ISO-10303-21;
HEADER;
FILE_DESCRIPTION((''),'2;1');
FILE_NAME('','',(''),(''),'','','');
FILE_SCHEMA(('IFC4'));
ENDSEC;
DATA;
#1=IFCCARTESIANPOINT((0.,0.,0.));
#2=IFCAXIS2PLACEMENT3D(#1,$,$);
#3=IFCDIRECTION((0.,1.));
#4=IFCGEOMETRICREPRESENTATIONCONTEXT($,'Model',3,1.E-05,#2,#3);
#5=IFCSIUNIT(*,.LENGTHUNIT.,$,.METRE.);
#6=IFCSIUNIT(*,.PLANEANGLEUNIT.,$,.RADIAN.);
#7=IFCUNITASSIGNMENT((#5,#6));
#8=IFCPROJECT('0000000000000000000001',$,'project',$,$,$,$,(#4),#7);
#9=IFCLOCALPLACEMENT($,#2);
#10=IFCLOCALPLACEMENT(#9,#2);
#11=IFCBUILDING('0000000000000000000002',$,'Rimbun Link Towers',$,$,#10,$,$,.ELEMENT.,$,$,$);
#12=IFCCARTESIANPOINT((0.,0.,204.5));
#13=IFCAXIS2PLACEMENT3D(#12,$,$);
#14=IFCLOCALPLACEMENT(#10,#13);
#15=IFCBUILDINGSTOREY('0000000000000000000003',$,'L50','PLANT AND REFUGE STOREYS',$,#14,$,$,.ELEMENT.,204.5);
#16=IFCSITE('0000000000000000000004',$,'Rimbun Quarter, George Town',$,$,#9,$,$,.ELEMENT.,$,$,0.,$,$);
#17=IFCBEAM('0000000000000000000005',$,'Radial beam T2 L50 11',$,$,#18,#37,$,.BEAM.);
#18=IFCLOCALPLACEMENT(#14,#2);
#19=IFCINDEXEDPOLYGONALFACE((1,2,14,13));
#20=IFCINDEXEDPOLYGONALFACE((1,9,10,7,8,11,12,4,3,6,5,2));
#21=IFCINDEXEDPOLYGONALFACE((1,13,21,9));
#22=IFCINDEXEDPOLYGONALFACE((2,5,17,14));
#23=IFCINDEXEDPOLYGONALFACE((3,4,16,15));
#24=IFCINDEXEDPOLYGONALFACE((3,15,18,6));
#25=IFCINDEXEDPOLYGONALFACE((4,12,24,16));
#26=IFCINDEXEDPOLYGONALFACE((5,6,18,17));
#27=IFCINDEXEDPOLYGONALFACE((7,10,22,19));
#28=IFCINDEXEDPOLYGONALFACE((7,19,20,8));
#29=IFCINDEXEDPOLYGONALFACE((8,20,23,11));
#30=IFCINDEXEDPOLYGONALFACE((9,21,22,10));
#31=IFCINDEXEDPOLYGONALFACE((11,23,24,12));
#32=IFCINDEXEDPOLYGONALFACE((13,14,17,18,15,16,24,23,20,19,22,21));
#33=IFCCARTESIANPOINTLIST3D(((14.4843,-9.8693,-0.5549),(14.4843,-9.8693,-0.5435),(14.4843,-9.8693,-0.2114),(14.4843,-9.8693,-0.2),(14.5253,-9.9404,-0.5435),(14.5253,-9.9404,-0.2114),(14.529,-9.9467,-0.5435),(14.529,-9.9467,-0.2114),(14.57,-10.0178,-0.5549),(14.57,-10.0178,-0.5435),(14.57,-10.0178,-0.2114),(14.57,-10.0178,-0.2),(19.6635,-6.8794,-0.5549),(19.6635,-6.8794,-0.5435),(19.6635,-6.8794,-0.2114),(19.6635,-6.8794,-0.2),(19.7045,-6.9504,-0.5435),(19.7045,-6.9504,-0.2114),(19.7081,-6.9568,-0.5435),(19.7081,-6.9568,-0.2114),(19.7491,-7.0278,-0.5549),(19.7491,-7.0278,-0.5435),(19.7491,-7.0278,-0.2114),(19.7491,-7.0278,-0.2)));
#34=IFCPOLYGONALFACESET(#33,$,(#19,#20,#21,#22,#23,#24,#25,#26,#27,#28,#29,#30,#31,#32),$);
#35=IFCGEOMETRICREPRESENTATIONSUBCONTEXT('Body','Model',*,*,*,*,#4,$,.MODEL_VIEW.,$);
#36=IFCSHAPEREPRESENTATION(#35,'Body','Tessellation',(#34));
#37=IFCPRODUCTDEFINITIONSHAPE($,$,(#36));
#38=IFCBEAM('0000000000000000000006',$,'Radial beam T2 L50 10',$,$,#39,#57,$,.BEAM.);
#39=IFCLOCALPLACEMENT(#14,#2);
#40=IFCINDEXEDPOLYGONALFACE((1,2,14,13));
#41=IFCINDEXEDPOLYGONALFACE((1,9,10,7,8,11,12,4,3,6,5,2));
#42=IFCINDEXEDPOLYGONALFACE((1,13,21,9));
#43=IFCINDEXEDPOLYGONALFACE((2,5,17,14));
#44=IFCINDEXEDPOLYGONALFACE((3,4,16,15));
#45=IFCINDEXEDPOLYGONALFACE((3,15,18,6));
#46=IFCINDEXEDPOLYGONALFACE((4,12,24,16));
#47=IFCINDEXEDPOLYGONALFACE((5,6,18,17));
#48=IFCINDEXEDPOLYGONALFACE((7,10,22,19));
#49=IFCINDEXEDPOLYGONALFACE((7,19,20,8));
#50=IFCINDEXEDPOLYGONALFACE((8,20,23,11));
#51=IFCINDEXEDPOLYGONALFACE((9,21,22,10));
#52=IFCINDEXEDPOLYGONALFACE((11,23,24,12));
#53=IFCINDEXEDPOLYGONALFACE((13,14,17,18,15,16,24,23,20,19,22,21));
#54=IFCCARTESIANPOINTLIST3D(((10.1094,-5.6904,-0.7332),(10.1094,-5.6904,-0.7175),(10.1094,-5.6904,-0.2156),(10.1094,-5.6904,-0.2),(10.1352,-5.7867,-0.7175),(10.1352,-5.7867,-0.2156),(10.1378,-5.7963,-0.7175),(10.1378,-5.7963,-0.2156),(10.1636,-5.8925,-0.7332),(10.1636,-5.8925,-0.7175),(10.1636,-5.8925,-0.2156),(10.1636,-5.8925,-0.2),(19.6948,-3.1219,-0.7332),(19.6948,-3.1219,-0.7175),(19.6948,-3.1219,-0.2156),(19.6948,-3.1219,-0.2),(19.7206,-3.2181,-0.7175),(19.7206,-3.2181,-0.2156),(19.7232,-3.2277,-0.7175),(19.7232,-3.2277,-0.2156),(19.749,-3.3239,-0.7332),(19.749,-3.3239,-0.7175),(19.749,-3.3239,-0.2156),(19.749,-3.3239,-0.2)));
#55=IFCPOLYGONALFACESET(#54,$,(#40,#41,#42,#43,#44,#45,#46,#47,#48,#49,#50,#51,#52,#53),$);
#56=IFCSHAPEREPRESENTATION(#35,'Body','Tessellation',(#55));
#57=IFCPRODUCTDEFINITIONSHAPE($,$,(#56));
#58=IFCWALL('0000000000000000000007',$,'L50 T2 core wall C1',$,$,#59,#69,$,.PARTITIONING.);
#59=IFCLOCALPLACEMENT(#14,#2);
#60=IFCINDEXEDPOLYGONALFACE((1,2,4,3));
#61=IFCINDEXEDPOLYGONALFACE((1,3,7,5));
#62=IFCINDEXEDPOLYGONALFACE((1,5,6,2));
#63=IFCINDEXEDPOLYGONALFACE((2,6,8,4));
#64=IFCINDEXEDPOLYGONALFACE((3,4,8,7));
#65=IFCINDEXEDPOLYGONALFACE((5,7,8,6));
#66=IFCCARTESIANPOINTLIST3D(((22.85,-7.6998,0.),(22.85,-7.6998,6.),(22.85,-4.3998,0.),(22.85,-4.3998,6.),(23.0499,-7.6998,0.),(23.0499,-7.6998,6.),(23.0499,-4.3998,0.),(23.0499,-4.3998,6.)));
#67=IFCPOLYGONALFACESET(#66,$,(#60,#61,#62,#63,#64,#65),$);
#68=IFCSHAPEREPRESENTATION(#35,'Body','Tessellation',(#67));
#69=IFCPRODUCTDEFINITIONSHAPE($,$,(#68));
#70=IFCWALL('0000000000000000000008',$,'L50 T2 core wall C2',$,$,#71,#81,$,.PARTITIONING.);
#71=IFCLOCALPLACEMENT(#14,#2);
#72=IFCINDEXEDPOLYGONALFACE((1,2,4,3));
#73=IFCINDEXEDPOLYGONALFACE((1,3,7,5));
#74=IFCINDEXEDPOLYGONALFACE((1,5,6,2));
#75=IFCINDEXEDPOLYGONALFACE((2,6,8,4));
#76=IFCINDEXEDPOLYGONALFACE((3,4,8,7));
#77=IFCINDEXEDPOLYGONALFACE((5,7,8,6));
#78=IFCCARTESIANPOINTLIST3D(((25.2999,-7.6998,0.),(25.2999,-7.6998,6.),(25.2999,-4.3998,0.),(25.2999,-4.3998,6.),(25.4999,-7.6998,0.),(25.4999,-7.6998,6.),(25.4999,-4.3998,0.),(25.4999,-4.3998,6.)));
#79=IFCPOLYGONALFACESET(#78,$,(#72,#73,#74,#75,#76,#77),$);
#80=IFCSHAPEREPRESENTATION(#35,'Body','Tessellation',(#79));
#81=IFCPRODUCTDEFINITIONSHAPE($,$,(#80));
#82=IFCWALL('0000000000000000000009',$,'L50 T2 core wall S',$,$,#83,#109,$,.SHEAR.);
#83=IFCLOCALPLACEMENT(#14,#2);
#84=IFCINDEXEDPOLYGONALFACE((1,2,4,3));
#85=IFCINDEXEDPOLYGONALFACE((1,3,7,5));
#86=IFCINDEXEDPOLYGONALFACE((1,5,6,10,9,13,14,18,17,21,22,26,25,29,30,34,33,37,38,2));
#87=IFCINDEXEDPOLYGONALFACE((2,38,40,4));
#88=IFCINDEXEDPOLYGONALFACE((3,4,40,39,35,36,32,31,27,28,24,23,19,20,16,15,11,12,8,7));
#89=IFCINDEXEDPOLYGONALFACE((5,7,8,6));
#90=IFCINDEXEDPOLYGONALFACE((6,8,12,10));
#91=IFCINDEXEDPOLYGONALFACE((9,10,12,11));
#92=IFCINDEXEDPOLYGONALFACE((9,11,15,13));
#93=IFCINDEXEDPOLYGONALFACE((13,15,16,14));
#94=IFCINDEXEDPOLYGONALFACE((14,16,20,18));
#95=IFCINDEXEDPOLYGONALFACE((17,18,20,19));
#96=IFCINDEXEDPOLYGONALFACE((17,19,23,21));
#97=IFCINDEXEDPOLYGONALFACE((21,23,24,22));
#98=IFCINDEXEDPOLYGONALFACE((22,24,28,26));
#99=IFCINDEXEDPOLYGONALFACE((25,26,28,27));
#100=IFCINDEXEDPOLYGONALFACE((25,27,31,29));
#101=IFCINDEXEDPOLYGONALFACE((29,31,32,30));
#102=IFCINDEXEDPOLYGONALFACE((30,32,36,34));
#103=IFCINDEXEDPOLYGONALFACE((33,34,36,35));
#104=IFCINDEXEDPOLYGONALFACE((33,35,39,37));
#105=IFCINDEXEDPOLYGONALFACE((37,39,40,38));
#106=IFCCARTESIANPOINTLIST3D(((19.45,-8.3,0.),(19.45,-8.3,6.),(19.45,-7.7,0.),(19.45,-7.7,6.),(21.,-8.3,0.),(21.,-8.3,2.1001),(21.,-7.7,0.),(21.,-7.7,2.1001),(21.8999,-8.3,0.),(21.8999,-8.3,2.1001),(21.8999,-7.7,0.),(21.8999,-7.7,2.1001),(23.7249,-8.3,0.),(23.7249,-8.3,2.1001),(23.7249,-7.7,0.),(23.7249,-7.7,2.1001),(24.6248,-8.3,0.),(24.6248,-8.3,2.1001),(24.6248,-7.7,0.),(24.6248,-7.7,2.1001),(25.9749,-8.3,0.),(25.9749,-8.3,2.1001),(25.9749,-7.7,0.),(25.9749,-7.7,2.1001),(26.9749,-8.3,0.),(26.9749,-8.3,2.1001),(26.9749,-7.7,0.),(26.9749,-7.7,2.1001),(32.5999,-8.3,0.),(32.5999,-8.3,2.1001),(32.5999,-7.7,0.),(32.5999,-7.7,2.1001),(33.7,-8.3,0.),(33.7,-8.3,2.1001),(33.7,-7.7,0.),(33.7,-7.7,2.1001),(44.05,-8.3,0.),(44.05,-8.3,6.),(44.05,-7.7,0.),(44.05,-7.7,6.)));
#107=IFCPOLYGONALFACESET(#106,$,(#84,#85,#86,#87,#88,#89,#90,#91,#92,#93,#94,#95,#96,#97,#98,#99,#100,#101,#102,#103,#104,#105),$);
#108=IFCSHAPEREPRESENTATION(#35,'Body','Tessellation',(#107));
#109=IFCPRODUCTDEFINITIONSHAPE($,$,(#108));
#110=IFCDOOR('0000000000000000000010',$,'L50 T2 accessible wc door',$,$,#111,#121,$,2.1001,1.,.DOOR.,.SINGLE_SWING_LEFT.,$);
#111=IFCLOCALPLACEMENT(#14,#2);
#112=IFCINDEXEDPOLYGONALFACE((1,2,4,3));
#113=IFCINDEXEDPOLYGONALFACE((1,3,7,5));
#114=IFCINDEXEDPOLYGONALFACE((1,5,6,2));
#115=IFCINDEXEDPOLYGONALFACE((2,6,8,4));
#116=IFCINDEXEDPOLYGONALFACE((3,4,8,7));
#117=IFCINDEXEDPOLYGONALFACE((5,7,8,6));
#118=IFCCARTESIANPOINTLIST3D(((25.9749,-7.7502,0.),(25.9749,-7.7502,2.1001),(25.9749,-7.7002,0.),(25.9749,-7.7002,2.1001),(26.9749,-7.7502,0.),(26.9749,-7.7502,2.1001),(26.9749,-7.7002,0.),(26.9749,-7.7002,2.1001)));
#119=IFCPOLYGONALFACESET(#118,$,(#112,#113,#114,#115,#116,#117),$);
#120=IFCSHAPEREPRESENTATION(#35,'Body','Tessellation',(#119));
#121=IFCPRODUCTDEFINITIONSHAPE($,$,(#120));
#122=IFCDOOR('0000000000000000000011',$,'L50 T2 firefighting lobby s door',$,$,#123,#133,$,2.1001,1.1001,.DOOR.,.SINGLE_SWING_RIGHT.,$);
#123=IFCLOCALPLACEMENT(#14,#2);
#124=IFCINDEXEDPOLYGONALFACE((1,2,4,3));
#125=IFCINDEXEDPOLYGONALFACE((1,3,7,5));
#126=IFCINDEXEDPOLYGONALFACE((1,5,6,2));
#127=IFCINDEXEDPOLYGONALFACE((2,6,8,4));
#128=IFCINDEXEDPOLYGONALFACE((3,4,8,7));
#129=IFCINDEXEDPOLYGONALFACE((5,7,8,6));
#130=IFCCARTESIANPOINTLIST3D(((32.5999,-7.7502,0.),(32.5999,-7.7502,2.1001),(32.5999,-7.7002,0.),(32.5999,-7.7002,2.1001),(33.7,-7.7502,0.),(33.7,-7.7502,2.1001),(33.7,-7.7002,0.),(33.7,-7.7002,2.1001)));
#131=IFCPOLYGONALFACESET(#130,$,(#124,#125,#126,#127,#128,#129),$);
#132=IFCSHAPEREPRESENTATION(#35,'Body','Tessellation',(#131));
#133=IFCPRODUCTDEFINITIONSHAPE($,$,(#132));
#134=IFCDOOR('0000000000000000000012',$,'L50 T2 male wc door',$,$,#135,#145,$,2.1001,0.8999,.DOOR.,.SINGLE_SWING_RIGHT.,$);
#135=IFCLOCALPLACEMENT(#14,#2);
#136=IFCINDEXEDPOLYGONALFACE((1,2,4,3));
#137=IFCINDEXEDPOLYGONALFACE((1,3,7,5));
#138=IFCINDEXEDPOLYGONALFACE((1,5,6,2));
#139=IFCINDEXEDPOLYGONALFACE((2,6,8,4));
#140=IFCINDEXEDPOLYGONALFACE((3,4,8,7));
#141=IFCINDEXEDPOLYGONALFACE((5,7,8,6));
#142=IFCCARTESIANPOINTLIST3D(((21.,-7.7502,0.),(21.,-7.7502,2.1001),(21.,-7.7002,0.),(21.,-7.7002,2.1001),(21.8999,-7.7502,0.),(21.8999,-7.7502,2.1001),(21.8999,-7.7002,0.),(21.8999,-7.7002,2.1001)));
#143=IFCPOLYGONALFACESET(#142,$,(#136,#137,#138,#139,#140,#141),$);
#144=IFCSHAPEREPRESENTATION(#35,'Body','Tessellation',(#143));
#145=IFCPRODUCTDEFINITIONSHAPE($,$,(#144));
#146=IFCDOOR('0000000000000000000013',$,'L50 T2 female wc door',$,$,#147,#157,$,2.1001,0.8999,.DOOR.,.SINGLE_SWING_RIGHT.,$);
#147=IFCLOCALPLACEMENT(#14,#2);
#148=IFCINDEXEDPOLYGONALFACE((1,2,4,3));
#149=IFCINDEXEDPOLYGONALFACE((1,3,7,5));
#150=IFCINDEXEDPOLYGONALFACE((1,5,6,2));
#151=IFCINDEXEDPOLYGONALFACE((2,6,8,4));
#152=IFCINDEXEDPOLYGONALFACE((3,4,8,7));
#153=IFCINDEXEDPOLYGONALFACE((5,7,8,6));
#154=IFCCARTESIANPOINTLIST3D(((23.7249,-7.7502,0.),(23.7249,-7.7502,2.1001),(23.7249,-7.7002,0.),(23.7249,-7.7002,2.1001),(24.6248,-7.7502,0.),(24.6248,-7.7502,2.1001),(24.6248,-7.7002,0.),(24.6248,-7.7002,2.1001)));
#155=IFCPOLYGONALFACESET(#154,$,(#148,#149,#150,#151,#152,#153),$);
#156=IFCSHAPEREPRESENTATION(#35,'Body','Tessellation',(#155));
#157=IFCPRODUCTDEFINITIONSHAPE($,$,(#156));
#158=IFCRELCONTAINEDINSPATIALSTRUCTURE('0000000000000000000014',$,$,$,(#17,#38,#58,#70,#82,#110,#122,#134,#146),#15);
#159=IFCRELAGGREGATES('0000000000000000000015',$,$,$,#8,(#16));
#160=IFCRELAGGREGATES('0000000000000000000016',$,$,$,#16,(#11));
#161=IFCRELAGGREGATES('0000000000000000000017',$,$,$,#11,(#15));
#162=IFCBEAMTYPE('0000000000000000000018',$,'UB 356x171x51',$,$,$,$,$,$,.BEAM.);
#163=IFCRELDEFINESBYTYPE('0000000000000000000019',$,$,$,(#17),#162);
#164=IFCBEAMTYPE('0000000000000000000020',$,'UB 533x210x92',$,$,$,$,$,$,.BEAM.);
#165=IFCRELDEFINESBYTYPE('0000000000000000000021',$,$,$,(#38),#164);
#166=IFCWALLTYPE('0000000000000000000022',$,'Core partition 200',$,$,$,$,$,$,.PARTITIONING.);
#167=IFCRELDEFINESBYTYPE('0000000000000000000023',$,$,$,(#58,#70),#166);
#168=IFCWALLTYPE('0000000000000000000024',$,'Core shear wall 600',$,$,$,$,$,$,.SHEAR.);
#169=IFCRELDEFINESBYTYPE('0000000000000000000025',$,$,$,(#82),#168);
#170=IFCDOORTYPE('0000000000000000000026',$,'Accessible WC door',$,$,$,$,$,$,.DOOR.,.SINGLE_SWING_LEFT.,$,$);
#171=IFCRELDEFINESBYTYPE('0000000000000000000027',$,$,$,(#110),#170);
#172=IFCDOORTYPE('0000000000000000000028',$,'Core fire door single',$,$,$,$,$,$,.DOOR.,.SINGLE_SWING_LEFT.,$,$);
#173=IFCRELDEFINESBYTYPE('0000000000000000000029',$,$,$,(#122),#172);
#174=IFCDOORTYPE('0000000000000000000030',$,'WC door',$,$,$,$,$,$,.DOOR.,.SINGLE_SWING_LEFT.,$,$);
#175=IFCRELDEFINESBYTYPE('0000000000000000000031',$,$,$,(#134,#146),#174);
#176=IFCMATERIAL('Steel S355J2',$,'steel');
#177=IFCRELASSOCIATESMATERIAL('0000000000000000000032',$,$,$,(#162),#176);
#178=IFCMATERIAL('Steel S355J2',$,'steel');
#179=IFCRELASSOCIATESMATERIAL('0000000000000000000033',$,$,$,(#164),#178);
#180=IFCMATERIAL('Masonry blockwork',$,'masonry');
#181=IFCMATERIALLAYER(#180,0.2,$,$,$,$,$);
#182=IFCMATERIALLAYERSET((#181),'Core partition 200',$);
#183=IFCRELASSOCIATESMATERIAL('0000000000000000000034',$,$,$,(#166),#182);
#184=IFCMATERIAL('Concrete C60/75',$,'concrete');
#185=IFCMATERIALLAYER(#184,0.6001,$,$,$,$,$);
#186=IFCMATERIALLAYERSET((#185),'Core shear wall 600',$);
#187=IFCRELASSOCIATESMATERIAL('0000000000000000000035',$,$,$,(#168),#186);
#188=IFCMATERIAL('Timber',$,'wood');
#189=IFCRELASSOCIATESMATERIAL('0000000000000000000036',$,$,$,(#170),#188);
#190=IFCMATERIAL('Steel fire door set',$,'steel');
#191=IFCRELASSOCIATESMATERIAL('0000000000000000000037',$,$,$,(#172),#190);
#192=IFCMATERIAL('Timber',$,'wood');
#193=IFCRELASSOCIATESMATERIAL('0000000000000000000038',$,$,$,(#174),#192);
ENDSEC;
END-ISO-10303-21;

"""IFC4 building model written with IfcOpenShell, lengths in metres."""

from ifc_helpers import new_model, si_unit, direction, frame, frame_2d, origin, origin_2d, place, context, subcontext, project, spatial, rectangle, i_section, extrude, material, layer, layer_set, material_profile, profile_set, type_object, element, fill, save


model = new_model("IFC4")

# Units and contexts
model_context = context("Model", 3, precision=1e-05, world=origin(), true_north=direction((0.0, 1.0)))
body_context = subcontext(model_context, "Body", "Model", "MODEL_VIEW")
ifc_project = project(units=[si_unit("LENGTHUNIT", "METRE"), si_unit("PLANEANGLEUNIT", "RADIAN")], contexts=[model_context])

# Site, building, storey
site_placement = place(None, origin())
site = spatial("IfcSite", under=ifc_project, at=site_placement, Name="Rimbun Quarter, George Town", CompositionType="ELEMENT", RefElevation=0.0)
building_placement = place(site_placement, origin())
building = spatial("IfcBuilding", under=site, at=building_placement, Name="Rimbun Link Towers", CompositionType="ELEMENT")
storey_placement = place(building_placement, frame((0.0, 0.0, 204.5)))
storey = spatial("IfcBuildingStorey", under=building, at=storey_placement, Name="L50", Description="PLANT AND REFUGE STOREYS", CompositionType="ELEMENT", Elevation=204.5)

# Beams
ifc_material_1 = material(Name="Steel S355J2", Category="steel")
ifc_material_profile_1 = material_profile(ifc_material_1, i_section(OverallWidth=0.1714, OverallDepth=0.355, WebThickness=0.0073, FlangeThickness=0.0115, at=origin_2d()), Name="UB 356x171x51")
ifc_profile_set_1 = profile_set([ifc_material_profile_1], Name="Steel S355J2")
beam_type_1 = type_object("IfcBeamType", Name="UB 356x171x51", PredefinedType="BEAM", material=ifc_profile_set_1)
beam_1_placement = place(storey_placement, frame((19.7063, -6.9536, -0.3774), z_axis=(-0.866041, -0.499972, 0.0), x_axis=(0.499972, -0.866041, 0.0)))
element("IfcBeam", 1, at=beam_1_placement, inside=storey, type_object=beam_type_1, Name="Radial beam T2 L50 11", PredefinedType="BEAM", context=body_context, shape_type="SweptSolid", body=[
    extrude(i_section(OverallWidth=0.1714, OverallDepth=0.355, WebThickness=0.0073, FlangeThickness=0.0115, at=origin_2d()), origin(), (0.0, 0.0, 1.0), 5.9802),
])
ifc_material_2 = material(Name="Steel S355J2", Category="steel")
ifc_material_profile_2 = material_profile(ifc_material_2, i_section(OverallWidth=0.2092, OverallDepth=0.5332, WebThickness=0.01, FlangeThickness=0.0156, at=origin_2d()), Name="UB 533x210x92")
ifc_profile_set_2 = profile_set([ifc_material_profile_2], Name="Steel S355J2")
beam_type_2 = type_object("IfcBeamType", Name="UB 533x210x92", PredefinedType="BEAM", material=ifc_profile_set_2)
beam_2_placement = place(storey_placement, frame((19.7219, -3.2229, -0.4666), z_axis=(-0.965921, -0.258837, 0.0), x_axis=(0.258837, -0.965921, 0.0)))
element("IfcBeam", 2, at=beam_2_placement, inside=storey, type_object=beam_type_2, Name="Radial beam T2 L50 10", PredefinedType="BEAM", context=body_context, shape_type="SweptSolid", body=[
    extrude(i_section(OverallWidth=0.2092, OverallDepth=0.5332, WebThickness=0.01, FlangeThickness=0.0156, at=origin_2d()), origin(), (0.0, 0.0, 1.0), 9.9236),
])

# Walls
ifc_material_3 = material(Name="Masonry blockwork", Category="masonry")
ifc_layer_1 = layer(ifc_material_3, 0.2)
ifc_layer_set_1 = layer_set([ifc_layer_1], Name="Core partition 200")
wall_type_1 = type_object("IfcWallType", Name="Core partition 200", PredefinedType="PARTITIONING", material=ifc_layer_set_1)
for number, where, z_axis, x_axis, name in (
    (3, (22.95, -4.3999, 0.0), (0.0, 0.0, 1.0), (0.0, -1.0, 0.0), "L50 T2 core wall C1"),
    (4, (25.3999, -4.3999, 0.0), (0.0, 0.0, 1.0), (0.0, -1.0, 0.0), "L50 T2 core wall C2"),
):
    element("IfcWall", number, at=place(storey_placement, frame(where, z_axis=z_axis, x_axis=x_axis)), inside=storey, type_object=wall_type_1, Name=name, PredefinedType="PARTITIONING", context=body_context, shape_type="SweptSolid", body=[
        extrude(rectangle(XDim=3.3, YDim=0.2, at=frame_2d((1.6499, 0.0))), origin(), (0.0, 0.0, 1.0), 6.0),
    ])

# Wall, openings, doors
ifc_material_4 = material(Name="Concrete C60/75", Category="concrete")
ifc_layer_2 = layer(ifc_material_4, 0.6001)
ifc_layer_set_2 = layer_set([ifc_layer_2], Name="Core shear wall 600")
wall_type_2 = type_object("IfcWallType", Name="Core shear wall 600", PredefinedType="SHEAR", material=ifc_layer_set_2)
wall_1_placement = place(storey_placement, frame((19.45, -8.0, 0.0), z_axis=(0.0, 0.0, 1.0), x_axis=(1.0, 0.0, 0.0)))
wall_1 = element("IfcWall", 5, at=wall_1_placement, inside=storey, type_object=wall_type_2, Name="L50 T2 core wall S", PredefinedType="SHEAR", context=body_context, shape_type="SweptSolid", body=[
    extrude(rectangle(XDim=24.6001, YDim=0.6001, at=frame_2d((12.3, 0.0))), origin(), (0.0, 0.0, 1.0), 6.0),
])
opening_1_placement = place(wall_1_placement, frame((13.1499, 0.0, 0.0)))
opening_1 = element("IfcOpeningElement", 6, at=opening_1_placement, cuts=wall_1, PredefinedType="OPENING", context=body_context, shape_type="SweptSolid", body=[
    extrude(rectangle(XDim=1.1001, YDim=2.1001, at=frame_2d((0.55, 1.05))), frame((0.0, 0.3101, 0.0), z_axis=(0.0, -1.0, 0.0), x_axis=(1.0, 0.0, 0.0)), (0.0, 0.0, 1.0), 0.6201),
])
opening_2_placement = place(wall_1_placement, frame((1.55, 0.0, 0.0)))
opening_2 = element("IfcOpeningElement", 7, at=opening_2_placement, cuts=wall_1, PredefinedType="OPENING", context=body_context, shape_type="SweptSolid", body=[
    extrude(rectangle(XDim=0.8999, YDim=2.1001, at=frame_2d((0.45, 1.05))), frame((0.0, 0.3101, 0.0), z_axis=(0.0, -1.0, 0.0), x_axis=(1.0, 0.0, 0.0)), (0.0, 0.0, 1.0), 0.6201),
])
opening_3_placement = place(wall_1_placement, frame((4.2749, 0.0, 0.0)))
opening_3 = element("IfcOpeningElement", 8, at=opening_3_placement, cuts=wall_1, PredefinedType="OPENING", context=body_context, shape_type="SweptSolid", body=[
    extrude(rectangle(XDim=0.8999, YDim=2.1001, at=frame_2d((0.45, 1.05))), frame((0.0, 0.3101, 0.0), z_axis=(0.0, -1.0, 0.0), x_axis=(1.0, 0.0, 0.0)), (0.0, 0.0, 1.0), 0.6201),
])
opening_4_placement = place(wall_1_placement, frame((6.5249, 0.0, 0.0)))
opening_4 = element("IfcOpeningElement", 9, at=opening_4_placement, cuts=wall_1, PredefinedType="OPENING", context=body_context, shape_type="SweptSolid", body=[
    extrude(rectangle(XDim=1.0, YDim=2.1001, at=frame_2d((0.5, 1.05))), frame((0.0, 0.3101, 0.0), z_axis=(0.0, -1.0, 0.0), x_axis=(1.0, 0.0, 0.0)), (0.0, 0.0, 1.0), 0.6201),
])
ifc_material_5 = material(Name="Timber", Category="wood")
door_type_1 = type_object("IfcDoorType", Name="Accessible WC door", OperationType="SINGLE_SWING_LEFT", PredefinedType="DOOR", material=ifc_material_5)
door_1_placement = place(opening_4_placement, origin())
door_1 = element("IfcDoor", 10, at=door_1_placement, inside=storey, type_object=door_type_1, Name="L50 T2 accessible wc door", OperationType="SINGLE_SWING_LEFT", OverallHeight=2.1001, OverallWidth=1.0, PredefinedType="DOOR", context=body_context, shape_type="SweptSolid", body=[
    extrude(rectangle(XDim=1.0, YDim=2.1001, at=frame_2d((0.5, 1.05))), frame((0.0, 0.2998, 0.0), z_axis=(0.0, -1.0, 0.0), x_axis=(1.0, 0.0, 0.0)), (0.0, 0.0, 1.0), 0.05),
])
fill(opening_4, door_1)
ifc_material_6 = material(Name="Steel fire door set", Category="steel")
door_type_2 = type_object("IfcDoorType", Name="Core fire door single", OperationType="SINGLE_SWING_LEFT", PredefinedType="DOOR", material=ifc_material_6)
door_2_placement = place(opening_1_placement, origin())
door_2 = element("IfcDoor", 11, at=door_2_placement, inside=storey, type_object=door_type_2, Name="L50 T2 firefighting lobby s door", OperationType="SINGLE_SWING_RIGHT", OverallHeight=2.1001, OverallWidth=1.1001, PredefinedType="DOOR", context=body_context, shape_type="SweptSolid", body=[
    extrude(rectangle(XDim=1.1001, YDim=2.1001, at=frame_2d((0.55, 1.05))), frame((0.0, 0.2998, 0.0), z_axis=(0.0, -1.0, 0.0), x_axis=(1.0, 0.0, 0.0)), (0.0, 0.0, 1.0), 0.05),
])
fill(opening_1, door_2)
ifc_material_7 = material(Name="Timber", Category="wood")
door_type_3 = type_object("IfcDoorType", Name="WC door", OperationType="SINGLE_SWING_LEFT", PredefinedType="DOOR", material=ifc_material_7)
door_3_placement = place(opening_2_placement, origin())
door_3 = element("IfcDoor", 12, at=door_3_placement, inside=storey, type_object=door_type_3, Name="L50 T2 male wc door", OperationType="SINGLE_SWING_RIGHT", OverallHeight=2.1001, OverallWidth=0.8999, PredefinedType="DOOR", context=body_context, shape_type="SweptSolid", body=[
    extrude(rectangle(XDim=0.8999, YDim=2.1001, at=frame_2d((0.45, 1.05))), frame((0.0, 0.2998, 0.0), z_axis=(0.0, -1.0, 0.0), x_axis=(1.0, 0.0, 0.0)), (0.0, 0.0, 1.0), 0.05),
])
fill(opening_2, door_3)
door_4_placement = place(opening_3_placement, origin())
door_4 = element("IfcDoor", 13, at=door_4_placement, inside=storey, type_object=door_type_3, Name="L50 T2 female wc door", OperationType="SINGLE_SWING_RIGHT", OverallHeight=2.1001, OverallWidth=0.8999, PredefinedType="DOOR", context=body_context, shape_type="SweptSolid", body=[
    extrude(rectangle(XDim=0.8999, YDim=2.1001, at=frame_2d((0.45, 1.05))), frame((0.0, 0.2998, 0.0), z_axis=(0.0, -1.0, 0.0), x_axis=(1.0, 0.0, 0.0)), (0.0, 0.0, 1.0), 0.05),
])
fill(opening_3, door_4)

save(model, "model.ifc")
